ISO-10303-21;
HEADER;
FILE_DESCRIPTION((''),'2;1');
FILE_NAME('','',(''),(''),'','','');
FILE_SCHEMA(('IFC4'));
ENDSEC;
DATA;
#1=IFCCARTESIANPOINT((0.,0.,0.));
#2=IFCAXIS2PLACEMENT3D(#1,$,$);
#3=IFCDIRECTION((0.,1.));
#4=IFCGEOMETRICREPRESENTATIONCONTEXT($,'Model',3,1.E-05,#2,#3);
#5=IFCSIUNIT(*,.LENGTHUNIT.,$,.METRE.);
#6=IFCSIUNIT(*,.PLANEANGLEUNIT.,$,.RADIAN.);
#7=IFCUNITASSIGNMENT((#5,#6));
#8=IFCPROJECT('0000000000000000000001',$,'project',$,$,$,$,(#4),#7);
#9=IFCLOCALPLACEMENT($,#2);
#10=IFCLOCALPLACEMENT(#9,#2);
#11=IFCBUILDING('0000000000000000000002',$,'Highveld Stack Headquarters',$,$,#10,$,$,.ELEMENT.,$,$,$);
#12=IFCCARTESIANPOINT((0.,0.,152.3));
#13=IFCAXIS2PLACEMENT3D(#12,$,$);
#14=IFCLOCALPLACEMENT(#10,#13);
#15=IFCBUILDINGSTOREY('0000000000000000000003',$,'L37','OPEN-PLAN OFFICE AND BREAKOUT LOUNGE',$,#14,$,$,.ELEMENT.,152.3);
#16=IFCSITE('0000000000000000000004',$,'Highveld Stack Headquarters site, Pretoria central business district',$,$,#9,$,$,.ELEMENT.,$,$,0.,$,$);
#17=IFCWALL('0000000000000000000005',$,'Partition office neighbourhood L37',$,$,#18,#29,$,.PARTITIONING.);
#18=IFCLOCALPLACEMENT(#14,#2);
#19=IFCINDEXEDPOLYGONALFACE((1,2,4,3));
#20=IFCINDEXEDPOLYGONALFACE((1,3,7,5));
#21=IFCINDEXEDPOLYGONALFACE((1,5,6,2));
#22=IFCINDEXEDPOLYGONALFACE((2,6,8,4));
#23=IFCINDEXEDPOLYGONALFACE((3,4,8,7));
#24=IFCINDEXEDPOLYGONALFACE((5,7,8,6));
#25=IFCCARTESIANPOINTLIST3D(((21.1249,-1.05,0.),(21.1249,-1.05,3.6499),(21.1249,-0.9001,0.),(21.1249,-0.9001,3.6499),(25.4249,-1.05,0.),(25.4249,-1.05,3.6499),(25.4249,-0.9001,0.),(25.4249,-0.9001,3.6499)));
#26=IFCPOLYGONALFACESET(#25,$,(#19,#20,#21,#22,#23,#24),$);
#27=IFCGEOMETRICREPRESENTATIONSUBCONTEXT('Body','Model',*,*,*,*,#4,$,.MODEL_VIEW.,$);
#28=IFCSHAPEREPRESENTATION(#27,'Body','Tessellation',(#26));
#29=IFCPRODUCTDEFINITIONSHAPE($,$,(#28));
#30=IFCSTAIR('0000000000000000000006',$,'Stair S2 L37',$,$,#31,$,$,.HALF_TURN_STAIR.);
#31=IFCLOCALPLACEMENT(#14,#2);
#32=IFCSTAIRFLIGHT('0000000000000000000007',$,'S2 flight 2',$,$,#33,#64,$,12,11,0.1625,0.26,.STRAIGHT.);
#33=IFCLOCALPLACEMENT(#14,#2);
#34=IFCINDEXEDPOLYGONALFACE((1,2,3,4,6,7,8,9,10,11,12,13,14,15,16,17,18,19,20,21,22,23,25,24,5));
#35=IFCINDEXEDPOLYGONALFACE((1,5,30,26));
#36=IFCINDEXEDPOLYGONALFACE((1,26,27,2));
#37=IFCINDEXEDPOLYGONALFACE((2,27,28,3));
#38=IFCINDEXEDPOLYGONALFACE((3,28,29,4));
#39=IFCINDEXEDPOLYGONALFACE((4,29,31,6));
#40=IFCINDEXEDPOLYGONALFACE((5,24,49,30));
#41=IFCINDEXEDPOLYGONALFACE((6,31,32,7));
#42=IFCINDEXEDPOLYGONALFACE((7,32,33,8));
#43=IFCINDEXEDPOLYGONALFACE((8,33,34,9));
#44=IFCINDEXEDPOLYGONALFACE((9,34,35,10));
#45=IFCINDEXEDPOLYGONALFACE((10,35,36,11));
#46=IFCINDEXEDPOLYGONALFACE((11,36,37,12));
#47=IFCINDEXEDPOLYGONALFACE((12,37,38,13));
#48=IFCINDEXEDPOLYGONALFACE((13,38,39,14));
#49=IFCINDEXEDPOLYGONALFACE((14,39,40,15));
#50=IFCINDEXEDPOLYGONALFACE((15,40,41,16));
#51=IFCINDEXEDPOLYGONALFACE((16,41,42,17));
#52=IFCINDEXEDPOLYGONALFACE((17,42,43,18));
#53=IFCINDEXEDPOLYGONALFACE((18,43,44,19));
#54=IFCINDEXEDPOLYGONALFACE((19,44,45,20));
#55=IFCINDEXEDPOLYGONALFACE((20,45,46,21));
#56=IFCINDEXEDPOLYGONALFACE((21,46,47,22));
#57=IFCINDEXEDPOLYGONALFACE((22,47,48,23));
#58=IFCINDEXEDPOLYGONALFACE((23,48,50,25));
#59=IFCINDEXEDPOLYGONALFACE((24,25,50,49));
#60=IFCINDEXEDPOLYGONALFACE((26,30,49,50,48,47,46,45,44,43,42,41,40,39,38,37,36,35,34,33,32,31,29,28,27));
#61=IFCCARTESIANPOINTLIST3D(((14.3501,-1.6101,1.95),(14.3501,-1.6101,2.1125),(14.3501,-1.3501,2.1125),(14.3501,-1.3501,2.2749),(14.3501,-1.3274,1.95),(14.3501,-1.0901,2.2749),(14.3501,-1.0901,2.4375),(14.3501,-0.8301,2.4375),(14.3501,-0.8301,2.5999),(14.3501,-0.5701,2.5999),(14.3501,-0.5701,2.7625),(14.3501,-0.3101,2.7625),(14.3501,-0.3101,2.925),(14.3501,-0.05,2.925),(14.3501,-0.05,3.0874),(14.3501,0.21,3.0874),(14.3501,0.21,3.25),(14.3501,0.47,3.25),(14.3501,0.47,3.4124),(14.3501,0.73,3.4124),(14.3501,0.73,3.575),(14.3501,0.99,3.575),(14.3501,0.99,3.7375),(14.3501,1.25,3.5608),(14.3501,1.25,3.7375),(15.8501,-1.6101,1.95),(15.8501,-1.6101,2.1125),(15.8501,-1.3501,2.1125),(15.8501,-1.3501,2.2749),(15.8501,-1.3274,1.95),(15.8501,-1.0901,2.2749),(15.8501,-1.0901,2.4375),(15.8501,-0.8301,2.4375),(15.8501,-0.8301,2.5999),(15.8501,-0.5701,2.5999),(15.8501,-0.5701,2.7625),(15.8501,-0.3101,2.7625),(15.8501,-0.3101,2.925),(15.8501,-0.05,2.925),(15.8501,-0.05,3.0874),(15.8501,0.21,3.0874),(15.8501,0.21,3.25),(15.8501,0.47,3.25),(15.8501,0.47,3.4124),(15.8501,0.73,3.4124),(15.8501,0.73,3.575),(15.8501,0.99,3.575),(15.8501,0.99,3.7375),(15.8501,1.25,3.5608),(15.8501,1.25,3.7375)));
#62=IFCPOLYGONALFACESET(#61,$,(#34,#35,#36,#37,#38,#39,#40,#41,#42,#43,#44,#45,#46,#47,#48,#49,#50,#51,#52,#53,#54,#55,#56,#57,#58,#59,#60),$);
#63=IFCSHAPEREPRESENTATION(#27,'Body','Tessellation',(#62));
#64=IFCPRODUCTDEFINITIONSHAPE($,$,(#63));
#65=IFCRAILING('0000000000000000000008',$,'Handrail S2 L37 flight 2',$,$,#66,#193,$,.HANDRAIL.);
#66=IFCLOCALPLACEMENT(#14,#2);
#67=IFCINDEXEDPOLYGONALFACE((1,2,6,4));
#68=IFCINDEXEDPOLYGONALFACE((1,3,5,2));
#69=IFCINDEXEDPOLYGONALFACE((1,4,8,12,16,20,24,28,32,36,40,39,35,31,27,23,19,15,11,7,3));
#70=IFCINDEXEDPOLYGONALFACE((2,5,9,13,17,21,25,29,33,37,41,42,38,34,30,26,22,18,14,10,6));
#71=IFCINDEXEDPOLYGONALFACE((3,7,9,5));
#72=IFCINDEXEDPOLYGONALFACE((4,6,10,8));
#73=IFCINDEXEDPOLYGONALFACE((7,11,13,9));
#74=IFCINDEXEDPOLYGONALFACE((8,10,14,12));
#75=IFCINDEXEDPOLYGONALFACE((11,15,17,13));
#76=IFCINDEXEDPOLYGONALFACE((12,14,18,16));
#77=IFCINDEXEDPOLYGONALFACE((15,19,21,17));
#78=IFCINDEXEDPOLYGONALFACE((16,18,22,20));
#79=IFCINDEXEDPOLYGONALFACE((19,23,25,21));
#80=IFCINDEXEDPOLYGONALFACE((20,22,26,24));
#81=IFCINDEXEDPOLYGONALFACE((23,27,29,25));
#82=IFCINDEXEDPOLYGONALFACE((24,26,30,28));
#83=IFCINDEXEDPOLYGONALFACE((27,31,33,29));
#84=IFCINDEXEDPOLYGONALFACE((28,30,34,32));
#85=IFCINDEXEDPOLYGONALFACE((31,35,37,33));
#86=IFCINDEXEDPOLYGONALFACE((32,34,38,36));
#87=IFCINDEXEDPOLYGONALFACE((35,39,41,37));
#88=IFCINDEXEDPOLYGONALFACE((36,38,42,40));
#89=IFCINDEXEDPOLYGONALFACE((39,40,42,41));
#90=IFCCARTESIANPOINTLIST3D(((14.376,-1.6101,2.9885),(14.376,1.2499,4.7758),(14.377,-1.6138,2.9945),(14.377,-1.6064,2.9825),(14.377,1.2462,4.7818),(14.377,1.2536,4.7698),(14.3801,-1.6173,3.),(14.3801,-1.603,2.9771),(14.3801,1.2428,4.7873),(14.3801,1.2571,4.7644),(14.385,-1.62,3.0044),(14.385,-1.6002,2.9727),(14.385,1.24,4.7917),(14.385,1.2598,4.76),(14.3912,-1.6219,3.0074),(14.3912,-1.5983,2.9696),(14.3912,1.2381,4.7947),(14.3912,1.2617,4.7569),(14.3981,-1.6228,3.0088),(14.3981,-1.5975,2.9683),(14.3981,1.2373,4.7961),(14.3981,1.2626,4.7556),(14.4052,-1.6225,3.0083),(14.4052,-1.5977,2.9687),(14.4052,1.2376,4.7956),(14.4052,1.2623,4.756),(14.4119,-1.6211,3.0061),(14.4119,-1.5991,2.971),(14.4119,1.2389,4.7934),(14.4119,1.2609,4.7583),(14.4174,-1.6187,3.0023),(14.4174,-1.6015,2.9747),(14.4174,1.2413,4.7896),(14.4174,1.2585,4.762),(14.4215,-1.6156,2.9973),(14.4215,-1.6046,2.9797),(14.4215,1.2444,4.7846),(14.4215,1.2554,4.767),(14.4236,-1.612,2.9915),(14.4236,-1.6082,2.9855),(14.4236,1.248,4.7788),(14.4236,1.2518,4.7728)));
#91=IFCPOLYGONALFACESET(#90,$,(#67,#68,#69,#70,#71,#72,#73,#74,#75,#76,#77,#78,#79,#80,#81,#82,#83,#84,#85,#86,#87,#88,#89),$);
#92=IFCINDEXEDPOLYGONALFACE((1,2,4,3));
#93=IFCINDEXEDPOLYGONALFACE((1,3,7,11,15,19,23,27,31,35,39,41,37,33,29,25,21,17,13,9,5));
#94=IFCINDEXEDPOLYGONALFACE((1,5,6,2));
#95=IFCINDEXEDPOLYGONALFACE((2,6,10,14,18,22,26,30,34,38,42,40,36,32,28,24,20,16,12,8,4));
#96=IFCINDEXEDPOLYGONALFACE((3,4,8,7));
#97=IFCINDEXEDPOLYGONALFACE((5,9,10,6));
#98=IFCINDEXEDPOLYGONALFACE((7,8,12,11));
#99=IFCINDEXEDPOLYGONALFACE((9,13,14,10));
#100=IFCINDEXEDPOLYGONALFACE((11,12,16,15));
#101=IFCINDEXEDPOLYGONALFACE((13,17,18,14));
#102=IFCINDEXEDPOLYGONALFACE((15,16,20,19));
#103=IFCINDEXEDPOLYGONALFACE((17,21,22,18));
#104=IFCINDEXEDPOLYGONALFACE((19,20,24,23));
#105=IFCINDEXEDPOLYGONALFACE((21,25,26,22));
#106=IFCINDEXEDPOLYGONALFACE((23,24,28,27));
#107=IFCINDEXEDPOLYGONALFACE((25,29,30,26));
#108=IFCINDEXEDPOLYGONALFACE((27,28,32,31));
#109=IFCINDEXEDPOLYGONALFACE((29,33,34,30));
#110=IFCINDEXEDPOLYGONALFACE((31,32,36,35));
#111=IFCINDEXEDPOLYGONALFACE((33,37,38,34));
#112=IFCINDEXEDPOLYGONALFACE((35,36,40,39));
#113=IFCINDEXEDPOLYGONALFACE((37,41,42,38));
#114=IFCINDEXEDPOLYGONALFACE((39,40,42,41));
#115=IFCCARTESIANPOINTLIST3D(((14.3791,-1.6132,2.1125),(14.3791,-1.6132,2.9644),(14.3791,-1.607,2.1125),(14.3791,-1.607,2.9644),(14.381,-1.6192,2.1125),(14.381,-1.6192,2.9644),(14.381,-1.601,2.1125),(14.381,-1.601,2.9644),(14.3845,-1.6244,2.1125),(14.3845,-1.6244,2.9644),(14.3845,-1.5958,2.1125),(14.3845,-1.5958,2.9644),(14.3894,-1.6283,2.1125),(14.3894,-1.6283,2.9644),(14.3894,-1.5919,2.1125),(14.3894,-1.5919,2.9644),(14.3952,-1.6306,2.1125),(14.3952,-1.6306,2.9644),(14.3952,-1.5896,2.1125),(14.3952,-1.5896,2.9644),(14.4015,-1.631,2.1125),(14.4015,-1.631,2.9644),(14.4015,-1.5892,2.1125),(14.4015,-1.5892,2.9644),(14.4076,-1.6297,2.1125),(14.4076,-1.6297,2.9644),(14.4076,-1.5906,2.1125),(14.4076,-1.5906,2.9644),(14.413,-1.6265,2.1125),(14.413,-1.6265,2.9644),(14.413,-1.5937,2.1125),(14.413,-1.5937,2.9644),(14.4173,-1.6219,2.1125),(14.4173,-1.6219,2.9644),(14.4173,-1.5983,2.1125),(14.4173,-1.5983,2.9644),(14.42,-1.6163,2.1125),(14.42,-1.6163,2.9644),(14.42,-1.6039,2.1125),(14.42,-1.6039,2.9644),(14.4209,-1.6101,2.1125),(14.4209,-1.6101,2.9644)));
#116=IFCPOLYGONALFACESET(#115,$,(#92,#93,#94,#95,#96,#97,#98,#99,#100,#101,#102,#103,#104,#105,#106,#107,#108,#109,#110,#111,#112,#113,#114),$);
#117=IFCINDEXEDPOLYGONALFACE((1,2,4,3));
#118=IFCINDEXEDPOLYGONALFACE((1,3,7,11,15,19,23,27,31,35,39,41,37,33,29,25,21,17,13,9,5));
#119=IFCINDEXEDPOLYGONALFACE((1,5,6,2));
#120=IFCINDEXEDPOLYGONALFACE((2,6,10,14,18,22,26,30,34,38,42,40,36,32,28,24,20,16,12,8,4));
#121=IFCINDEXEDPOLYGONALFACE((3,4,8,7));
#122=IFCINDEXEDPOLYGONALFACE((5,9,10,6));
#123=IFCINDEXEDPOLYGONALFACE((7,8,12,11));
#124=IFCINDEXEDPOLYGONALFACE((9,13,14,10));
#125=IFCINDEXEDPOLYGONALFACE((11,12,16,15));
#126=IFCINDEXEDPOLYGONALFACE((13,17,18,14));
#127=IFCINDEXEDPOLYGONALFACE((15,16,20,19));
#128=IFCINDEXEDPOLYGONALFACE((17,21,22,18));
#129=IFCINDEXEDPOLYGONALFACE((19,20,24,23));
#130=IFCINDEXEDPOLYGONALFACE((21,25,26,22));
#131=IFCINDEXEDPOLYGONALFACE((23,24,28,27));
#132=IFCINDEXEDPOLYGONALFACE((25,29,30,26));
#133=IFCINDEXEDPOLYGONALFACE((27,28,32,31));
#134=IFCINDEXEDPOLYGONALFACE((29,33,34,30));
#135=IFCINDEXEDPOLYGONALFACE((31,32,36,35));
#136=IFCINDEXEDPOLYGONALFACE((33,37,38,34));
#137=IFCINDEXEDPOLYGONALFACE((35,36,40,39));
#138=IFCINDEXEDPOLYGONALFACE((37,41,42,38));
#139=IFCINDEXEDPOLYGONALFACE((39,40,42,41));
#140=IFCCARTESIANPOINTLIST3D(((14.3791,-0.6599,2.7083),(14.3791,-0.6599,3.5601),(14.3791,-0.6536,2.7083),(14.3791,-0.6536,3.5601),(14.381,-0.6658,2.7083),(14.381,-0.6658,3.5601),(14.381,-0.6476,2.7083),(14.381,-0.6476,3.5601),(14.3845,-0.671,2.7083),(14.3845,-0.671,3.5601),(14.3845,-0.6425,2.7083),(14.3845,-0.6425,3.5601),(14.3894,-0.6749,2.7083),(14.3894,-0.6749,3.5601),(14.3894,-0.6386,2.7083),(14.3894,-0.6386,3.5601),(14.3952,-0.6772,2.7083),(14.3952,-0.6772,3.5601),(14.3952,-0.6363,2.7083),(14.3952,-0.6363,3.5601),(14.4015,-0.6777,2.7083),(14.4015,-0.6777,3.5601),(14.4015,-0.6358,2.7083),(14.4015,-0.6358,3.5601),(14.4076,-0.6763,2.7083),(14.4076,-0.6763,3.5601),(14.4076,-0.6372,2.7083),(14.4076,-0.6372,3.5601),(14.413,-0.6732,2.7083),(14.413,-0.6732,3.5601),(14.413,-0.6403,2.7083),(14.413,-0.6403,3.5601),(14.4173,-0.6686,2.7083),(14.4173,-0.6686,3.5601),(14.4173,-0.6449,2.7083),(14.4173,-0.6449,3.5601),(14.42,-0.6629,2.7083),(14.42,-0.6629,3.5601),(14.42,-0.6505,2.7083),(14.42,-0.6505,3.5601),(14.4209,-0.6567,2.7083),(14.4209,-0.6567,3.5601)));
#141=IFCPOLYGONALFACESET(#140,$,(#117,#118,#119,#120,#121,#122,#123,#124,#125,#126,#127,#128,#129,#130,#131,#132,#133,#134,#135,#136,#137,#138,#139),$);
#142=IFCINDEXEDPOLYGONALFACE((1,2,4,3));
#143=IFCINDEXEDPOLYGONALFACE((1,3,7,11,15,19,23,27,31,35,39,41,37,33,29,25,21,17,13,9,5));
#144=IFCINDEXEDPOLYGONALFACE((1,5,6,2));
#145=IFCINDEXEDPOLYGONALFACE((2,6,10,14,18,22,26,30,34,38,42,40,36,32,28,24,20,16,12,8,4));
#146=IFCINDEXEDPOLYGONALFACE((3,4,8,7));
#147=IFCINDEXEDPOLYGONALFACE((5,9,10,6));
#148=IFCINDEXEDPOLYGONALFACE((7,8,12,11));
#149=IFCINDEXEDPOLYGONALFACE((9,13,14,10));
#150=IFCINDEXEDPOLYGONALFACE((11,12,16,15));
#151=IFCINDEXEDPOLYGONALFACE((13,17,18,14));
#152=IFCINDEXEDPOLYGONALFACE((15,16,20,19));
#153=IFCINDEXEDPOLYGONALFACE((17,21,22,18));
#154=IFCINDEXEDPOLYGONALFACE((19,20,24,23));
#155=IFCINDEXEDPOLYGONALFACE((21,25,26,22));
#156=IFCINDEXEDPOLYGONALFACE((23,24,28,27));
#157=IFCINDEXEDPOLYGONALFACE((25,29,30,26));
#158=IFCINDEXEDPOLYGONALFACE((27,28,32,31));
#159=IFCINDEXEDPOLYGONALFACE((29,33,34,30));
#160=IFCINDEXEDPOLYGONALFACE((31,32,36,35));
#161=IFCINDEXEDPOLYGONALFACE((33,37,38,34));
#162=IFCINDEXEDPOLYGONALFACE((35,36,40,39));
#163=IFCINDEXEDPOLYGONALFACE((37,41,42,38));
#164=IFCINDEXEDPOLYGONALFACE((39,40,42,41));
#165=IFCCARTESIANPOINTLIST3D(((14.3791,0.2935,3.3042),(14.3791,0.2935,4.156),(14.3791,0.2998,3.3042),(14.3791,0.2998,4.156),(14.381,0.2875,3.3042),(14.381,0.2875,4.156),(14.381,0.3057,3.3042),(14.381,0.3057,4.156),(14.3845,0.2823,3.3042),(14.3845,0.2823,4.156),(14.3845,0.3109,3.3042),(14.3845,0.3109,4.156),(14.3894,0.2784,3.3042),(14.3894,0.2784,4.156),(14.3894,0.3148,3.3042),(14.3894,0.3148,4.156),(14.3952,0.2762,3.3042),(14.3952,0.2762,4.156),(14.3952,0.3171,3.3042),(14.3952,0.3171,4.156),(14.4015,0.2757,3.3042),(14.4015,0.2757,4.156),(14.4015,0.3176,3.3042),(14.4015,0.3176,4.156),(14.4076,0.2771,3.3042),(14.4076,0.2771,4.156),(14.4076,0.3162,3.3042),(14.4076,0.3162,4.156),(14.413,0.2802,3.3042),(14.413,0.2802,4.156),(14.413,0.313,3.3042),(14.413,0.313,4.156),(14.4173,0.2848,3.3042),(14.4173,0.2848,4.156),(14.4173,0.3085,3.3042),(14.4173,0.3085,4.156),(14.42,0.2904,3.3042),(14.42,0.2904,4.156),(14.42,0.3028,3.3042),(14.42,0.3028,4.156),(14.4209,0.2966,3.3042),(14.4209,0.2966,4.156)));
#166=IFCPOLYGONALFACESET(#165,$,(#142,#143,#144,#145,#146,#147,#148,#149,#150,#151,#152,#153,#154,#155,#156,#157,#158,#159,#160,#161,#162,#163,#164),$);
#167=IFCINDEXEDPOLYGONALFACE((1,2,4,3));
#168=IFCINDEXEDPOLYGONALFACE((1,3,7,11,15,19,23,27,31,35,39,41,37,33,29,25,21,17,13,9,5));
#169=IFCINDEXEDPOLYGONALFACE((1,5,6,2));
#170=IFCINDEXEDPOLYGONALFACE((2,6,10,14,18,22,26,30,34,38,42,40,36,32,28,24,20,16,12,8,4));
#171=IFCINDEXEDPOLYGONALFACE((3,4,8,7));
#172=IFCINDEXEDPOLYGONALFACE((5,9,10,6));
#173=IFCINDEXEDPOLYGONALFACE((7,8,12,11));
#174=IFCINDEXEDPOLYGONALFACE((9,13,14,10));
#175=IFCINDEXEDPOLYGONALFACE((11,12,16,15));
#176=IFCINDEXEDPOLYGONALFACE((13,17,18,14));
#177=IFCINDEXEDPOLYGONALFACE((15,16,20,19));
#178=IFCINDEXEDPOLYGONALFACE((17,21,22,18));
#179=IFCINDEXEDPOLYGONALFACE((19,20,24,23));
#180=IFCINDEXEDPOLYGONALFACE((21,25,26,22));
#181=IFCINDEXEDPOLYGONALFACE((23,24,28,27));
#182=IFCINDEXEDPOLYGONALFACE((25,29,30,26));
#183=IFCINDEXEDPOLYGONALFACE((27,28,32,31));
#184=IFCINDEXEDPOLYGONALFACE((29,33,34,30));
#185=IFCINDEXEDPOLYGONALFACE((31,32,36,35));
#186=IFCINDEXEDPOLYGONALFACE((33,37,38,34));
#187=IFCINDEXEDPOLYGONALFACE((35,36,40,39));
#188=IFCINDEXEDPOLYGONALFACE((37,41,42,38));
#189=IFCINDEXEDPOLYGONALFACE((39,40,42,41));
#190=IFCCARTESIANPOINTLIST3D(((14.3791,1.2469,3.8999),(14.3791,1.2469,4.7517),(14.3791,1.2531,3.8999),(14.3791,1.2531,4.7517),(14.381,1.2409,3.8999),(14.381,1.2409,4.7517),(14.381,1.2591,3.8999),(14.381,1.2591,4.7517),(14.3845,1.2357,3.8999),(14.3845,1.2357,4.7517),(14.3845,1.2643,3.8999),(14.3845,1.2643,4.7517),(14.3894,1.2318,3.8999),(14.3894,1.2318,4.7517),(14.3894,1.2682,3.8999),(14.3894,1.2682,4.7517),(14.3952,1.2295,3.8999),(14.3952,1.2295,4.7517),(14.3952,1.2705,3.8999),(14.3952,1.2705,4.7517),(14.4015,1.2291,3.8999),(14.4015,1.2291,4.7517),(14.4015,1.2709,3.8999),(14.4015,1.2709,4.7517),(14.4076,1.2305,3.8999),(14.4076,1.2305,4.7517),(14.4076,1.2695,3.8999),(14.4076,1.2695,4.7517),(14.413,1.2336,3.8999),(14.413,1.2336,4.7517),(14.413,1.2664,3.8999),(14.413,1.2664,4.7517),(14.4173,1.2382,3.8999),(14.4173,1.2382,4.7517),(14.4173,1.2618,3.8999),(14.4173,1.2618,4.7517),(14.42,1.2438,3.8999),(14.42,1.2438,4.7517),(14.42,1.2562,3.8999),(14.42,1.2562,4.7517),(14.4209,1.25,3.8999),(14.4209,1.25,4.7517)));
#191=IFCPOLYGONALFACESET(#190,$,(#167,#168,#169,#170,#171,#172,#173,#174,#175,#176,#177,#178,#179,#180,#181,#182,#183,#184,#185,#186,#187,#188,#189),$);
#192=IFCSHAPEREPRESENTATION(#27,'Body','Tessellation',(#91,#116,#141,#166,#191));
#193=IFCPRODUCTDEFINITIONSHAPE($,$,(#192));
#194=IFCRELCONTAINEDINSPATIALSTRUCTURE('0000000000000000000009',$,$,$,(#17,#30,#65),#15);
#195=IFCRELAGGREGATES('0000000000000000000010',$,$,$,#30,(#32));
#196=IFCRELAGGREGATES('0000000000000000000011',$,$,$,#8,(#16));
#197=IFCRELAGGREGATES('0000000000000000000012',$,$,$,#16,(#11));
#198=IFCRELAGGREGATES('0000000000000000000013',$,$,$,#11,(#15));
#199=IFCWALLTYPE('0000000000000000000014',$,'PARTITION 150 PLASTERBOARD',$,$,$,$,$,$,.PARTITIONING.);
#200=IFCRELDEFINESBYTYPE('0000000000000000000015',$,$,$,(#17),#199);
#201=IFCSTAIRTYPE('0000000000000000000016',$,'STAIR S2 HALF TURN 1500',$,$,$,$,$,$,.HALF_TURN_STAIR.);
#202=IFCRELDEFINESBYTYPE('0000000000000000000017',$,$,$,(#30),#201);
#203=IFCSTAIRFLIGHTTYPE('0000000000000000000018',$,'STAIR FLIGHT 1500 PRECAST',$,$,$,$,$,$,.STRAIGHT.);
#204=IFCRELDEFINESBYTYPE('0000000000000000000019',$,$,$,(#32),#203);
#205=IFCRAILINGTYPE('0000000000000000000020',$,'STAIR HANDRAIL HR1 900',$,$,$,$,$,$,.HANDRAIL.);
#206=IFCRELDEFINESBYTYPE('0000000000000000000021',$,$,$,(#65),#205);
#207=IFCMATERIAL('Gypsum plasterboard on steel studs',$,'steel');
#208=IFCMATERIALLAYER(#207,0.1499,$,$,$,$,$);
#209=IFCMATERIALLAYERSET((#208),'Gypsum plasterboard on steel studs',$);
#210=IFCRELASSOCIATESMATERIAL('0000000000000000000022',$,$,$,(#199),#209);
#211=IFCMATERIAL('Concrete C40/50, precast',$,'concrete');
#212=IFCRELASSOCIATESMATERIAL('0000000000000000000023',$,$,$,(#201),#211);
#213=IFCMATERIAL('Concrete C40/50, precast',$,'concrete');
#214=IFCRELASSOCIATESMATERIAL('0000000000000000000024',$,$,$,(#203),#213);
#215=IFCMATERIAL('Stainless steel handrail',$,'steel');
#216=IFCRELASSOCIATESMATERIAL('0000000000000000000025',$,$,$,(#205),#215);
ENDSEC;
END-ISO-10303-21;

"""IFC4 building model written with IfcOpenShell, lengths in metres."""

from ifc_helpers import new_model, si_unit, direction, frame, frame_2d, origin, origin_2d, place, context, subcontext, project, spatial, polyline, rectangle, circle, outline, extrude, material, layer, layer_set, type_object, element, aggregate, save


model = new_model("IFC4")

# Units and contexts
model_context = context("Model", 3, precision=1e-05, world=origin(), true_north=direction((0.0, 1.0)))
body_context = subcontext(model_context, "Body", "Model", "MODEL_VIEW")
ifc_project = project(units=[si_unit("LENGTHUNIT", "METRE"), si_unit("PLANEANGLEUNIT", "RADIAN")], contexts=[model_context])

# Site, building, storey
site_placement = place(None, origin())
site = spatial("IfcSite", under=ifc_project, at=site_placement, Name="Highveld Stack Headquarters site, Pretoria central business district", CompositionType="ELEMENT", RefElevation=0.0)
building_placement = place(site_placement, origin())
building = spatial("IfcBuilding", under=site, at=building_placement, Name="Highveld Stack Headquarters", CompositionType="ELEMENT")
storey_placement = place(building_placement, frame((0.0, 0.0, 152.3)))
storey = spatial("IfcBuildingStorey", under=building, at=storey_placement, Name="L37", Description="OPEN-PLAN OFFICE AND BREAKOUT LOUNGE", CompositionType="ELEMENT", Elevation=152.3)

# Shared definitions
ifc_material_1 = material(Name="Gypsum plasterboard on steel studs", Category="steel")
ifc_layer_1 = layer(ifc_material_1, 0.1499)
ifc_layer_set_1 = layer_set([ifc_layer_1], Name="Gypsum plasterboard on steel studs")
wall_type_1 = type_object("IfcWallType", Name="PARTITION 150 PLASTERBOARD", PredefinedType="PARTITIONING", material=ifc_layer_set_1)

# Wall
wall_1_placement = place(storey_placement, frame((21.125, -0.9751, 0.0), z_axis=(0.0, 0.0, 1.0), x_axis=(1.0, 0.0, 0.0)))
element("IfcWall", 1, at=wall_1_placement, inside=storey, type_object=wall_type_1, Name="Partition office neighbourhood L37", PredefinedType="PARTITIONING", context=body_context, shape_type="SweptSolid", body=[
    extrude(rectangle(XDim=4.3, YDim=0.1499, at=frame_2d((2.1499, 0.0))), origin(), (0.0, 0.0, 1.0), 3.6499),
])

# Stair, stair flight
ifc_material_2 = material(Name="Concrete C40/50, precast", Category="concrete")
stair_type = type_object("IfcStairType", Name="STAIR S2 HALF TURN 1500", PredefinedType="HALF_TURN_STAIR", material=ifc_material_2)
stair_placement = place(storey_placement, origin())
stair = element("IfcStair", 2, at=stair_placement, inside=storey, type_object=stair_type, Name="Stair S2 L37", PredefinedType="HALF_TURN_STAIR")
ifc_material_3 = material(Name="Concrete C40/50, precast", Category="concrete")
stair_flight_type = type_object("IfcStairFlightType", Name="STAIR FLIGHT 1500 PRECAST", PredefinedType="STRAIGHT", material=ifc_material_3)
stair_flight_placement = place(storey_placement, frame((15.1001, -1.6101, 1.95), z_axis=(0.0, 0.0, 1.0), x_axis=(0.0, 1.0, 0.0)))
stair_flight = element("IfcStairFlight", 3, at=stair_flight_placement, type_object=stair_flight_type, Name="S2 flight 2", NumberOfRisers=12, NumberOfTreads=11, PredefinedType="STRAIGHT", RiserHeight=0.1625, TreadLength=0.26, context=body_context, shape_type="SweptSolid", body=[
    extrude(outline(polyline([(0.0, 0.0), (0.0, 0.1626), (0.26, 0.1626), (0.26, 0.325), (0.52, 0.325), (0.52, 0.4875), (0.78, 0.4875), (0.78, 0.6499), (1.04, 0.6499), (1.04, 0.8125), (1.3, 0.8125), (1.3, 0.9751), (1.5601, 0.9751), (1.5601, 1.1375), (1.8201, 1.1375), (1.8201, 1.3), (2.0801, 1.3), (2.0801, 1.4624), (2.3401, 1.4624), (2.3401, 1.625), (2.6001, 1.625), (2.6001, 1.7876), (2.8601, 1.7876), (2.8601, 1.95), (2.8601, 1.6108), (0.2827, 0.0), (0.0, 0.0)])), frame((0.0, 0.75, 0.0), z_axis=(0.0, -1.0, 0.0), x_axis=(1.0, 0.0, 0.0)), (0.0, 0.0, 1.0), 1.5),
])
aggregate(stair, [stair_flight])

# Railing
ifc_material_4 = material(Name="Stainless steel handrail", Category="steel")
railing_type = type_object("IfcRailingType", Name="STAIR HANDRAIL HR1 900", PredefinedType="HANDRAIL", material=ifc_material_4)
for number, where, name in (
    (4, (14.3999, -1.6101, 2.1125), "Handrail S2 L37 flight 2"),
):
    element("IfcRailing", number, at=place(storey_placement, frame(where)), inside=storey, type_object=railing_type, Name=name, PredefinedType="HANDRAIL", context=body_context, shape_type="SweptSolid", body=[
        extrude(circle(Radius=0.0239, at=origin_2d()), frame((0.0, 0.0, 0.876), z_axis=(0.0, 0.848027, 0.529953), x_axis=(-1.0, 0.0, 0.0)), (0.0, 0.0, 1.0), 3.3726),
        extrude(circle(Radius=0.021, at=origin_2d()), origin(), (0.0, 0.0, 1.0), 0.8518),
        extrude(circle(Radius=0.021, at=origin_2d()), frame((0.0, 0.9534, 0.5957)), (0.0, 0.0, 1.0), 0.8518),
        extrude(circle(Radius=0.021, at=origin_2d()), frame((0.0, 1.9067, 1.1917)), (0.0, 0.0, 1.0), 0.8518),
        extrude(circle(Radius=0.021, at=origin_2d()), frame((0.0, 2.8601, 1.7874)), (0.0, 0.0, 1.0), 0.8518),
    ])

save(model, "model.ifc")
